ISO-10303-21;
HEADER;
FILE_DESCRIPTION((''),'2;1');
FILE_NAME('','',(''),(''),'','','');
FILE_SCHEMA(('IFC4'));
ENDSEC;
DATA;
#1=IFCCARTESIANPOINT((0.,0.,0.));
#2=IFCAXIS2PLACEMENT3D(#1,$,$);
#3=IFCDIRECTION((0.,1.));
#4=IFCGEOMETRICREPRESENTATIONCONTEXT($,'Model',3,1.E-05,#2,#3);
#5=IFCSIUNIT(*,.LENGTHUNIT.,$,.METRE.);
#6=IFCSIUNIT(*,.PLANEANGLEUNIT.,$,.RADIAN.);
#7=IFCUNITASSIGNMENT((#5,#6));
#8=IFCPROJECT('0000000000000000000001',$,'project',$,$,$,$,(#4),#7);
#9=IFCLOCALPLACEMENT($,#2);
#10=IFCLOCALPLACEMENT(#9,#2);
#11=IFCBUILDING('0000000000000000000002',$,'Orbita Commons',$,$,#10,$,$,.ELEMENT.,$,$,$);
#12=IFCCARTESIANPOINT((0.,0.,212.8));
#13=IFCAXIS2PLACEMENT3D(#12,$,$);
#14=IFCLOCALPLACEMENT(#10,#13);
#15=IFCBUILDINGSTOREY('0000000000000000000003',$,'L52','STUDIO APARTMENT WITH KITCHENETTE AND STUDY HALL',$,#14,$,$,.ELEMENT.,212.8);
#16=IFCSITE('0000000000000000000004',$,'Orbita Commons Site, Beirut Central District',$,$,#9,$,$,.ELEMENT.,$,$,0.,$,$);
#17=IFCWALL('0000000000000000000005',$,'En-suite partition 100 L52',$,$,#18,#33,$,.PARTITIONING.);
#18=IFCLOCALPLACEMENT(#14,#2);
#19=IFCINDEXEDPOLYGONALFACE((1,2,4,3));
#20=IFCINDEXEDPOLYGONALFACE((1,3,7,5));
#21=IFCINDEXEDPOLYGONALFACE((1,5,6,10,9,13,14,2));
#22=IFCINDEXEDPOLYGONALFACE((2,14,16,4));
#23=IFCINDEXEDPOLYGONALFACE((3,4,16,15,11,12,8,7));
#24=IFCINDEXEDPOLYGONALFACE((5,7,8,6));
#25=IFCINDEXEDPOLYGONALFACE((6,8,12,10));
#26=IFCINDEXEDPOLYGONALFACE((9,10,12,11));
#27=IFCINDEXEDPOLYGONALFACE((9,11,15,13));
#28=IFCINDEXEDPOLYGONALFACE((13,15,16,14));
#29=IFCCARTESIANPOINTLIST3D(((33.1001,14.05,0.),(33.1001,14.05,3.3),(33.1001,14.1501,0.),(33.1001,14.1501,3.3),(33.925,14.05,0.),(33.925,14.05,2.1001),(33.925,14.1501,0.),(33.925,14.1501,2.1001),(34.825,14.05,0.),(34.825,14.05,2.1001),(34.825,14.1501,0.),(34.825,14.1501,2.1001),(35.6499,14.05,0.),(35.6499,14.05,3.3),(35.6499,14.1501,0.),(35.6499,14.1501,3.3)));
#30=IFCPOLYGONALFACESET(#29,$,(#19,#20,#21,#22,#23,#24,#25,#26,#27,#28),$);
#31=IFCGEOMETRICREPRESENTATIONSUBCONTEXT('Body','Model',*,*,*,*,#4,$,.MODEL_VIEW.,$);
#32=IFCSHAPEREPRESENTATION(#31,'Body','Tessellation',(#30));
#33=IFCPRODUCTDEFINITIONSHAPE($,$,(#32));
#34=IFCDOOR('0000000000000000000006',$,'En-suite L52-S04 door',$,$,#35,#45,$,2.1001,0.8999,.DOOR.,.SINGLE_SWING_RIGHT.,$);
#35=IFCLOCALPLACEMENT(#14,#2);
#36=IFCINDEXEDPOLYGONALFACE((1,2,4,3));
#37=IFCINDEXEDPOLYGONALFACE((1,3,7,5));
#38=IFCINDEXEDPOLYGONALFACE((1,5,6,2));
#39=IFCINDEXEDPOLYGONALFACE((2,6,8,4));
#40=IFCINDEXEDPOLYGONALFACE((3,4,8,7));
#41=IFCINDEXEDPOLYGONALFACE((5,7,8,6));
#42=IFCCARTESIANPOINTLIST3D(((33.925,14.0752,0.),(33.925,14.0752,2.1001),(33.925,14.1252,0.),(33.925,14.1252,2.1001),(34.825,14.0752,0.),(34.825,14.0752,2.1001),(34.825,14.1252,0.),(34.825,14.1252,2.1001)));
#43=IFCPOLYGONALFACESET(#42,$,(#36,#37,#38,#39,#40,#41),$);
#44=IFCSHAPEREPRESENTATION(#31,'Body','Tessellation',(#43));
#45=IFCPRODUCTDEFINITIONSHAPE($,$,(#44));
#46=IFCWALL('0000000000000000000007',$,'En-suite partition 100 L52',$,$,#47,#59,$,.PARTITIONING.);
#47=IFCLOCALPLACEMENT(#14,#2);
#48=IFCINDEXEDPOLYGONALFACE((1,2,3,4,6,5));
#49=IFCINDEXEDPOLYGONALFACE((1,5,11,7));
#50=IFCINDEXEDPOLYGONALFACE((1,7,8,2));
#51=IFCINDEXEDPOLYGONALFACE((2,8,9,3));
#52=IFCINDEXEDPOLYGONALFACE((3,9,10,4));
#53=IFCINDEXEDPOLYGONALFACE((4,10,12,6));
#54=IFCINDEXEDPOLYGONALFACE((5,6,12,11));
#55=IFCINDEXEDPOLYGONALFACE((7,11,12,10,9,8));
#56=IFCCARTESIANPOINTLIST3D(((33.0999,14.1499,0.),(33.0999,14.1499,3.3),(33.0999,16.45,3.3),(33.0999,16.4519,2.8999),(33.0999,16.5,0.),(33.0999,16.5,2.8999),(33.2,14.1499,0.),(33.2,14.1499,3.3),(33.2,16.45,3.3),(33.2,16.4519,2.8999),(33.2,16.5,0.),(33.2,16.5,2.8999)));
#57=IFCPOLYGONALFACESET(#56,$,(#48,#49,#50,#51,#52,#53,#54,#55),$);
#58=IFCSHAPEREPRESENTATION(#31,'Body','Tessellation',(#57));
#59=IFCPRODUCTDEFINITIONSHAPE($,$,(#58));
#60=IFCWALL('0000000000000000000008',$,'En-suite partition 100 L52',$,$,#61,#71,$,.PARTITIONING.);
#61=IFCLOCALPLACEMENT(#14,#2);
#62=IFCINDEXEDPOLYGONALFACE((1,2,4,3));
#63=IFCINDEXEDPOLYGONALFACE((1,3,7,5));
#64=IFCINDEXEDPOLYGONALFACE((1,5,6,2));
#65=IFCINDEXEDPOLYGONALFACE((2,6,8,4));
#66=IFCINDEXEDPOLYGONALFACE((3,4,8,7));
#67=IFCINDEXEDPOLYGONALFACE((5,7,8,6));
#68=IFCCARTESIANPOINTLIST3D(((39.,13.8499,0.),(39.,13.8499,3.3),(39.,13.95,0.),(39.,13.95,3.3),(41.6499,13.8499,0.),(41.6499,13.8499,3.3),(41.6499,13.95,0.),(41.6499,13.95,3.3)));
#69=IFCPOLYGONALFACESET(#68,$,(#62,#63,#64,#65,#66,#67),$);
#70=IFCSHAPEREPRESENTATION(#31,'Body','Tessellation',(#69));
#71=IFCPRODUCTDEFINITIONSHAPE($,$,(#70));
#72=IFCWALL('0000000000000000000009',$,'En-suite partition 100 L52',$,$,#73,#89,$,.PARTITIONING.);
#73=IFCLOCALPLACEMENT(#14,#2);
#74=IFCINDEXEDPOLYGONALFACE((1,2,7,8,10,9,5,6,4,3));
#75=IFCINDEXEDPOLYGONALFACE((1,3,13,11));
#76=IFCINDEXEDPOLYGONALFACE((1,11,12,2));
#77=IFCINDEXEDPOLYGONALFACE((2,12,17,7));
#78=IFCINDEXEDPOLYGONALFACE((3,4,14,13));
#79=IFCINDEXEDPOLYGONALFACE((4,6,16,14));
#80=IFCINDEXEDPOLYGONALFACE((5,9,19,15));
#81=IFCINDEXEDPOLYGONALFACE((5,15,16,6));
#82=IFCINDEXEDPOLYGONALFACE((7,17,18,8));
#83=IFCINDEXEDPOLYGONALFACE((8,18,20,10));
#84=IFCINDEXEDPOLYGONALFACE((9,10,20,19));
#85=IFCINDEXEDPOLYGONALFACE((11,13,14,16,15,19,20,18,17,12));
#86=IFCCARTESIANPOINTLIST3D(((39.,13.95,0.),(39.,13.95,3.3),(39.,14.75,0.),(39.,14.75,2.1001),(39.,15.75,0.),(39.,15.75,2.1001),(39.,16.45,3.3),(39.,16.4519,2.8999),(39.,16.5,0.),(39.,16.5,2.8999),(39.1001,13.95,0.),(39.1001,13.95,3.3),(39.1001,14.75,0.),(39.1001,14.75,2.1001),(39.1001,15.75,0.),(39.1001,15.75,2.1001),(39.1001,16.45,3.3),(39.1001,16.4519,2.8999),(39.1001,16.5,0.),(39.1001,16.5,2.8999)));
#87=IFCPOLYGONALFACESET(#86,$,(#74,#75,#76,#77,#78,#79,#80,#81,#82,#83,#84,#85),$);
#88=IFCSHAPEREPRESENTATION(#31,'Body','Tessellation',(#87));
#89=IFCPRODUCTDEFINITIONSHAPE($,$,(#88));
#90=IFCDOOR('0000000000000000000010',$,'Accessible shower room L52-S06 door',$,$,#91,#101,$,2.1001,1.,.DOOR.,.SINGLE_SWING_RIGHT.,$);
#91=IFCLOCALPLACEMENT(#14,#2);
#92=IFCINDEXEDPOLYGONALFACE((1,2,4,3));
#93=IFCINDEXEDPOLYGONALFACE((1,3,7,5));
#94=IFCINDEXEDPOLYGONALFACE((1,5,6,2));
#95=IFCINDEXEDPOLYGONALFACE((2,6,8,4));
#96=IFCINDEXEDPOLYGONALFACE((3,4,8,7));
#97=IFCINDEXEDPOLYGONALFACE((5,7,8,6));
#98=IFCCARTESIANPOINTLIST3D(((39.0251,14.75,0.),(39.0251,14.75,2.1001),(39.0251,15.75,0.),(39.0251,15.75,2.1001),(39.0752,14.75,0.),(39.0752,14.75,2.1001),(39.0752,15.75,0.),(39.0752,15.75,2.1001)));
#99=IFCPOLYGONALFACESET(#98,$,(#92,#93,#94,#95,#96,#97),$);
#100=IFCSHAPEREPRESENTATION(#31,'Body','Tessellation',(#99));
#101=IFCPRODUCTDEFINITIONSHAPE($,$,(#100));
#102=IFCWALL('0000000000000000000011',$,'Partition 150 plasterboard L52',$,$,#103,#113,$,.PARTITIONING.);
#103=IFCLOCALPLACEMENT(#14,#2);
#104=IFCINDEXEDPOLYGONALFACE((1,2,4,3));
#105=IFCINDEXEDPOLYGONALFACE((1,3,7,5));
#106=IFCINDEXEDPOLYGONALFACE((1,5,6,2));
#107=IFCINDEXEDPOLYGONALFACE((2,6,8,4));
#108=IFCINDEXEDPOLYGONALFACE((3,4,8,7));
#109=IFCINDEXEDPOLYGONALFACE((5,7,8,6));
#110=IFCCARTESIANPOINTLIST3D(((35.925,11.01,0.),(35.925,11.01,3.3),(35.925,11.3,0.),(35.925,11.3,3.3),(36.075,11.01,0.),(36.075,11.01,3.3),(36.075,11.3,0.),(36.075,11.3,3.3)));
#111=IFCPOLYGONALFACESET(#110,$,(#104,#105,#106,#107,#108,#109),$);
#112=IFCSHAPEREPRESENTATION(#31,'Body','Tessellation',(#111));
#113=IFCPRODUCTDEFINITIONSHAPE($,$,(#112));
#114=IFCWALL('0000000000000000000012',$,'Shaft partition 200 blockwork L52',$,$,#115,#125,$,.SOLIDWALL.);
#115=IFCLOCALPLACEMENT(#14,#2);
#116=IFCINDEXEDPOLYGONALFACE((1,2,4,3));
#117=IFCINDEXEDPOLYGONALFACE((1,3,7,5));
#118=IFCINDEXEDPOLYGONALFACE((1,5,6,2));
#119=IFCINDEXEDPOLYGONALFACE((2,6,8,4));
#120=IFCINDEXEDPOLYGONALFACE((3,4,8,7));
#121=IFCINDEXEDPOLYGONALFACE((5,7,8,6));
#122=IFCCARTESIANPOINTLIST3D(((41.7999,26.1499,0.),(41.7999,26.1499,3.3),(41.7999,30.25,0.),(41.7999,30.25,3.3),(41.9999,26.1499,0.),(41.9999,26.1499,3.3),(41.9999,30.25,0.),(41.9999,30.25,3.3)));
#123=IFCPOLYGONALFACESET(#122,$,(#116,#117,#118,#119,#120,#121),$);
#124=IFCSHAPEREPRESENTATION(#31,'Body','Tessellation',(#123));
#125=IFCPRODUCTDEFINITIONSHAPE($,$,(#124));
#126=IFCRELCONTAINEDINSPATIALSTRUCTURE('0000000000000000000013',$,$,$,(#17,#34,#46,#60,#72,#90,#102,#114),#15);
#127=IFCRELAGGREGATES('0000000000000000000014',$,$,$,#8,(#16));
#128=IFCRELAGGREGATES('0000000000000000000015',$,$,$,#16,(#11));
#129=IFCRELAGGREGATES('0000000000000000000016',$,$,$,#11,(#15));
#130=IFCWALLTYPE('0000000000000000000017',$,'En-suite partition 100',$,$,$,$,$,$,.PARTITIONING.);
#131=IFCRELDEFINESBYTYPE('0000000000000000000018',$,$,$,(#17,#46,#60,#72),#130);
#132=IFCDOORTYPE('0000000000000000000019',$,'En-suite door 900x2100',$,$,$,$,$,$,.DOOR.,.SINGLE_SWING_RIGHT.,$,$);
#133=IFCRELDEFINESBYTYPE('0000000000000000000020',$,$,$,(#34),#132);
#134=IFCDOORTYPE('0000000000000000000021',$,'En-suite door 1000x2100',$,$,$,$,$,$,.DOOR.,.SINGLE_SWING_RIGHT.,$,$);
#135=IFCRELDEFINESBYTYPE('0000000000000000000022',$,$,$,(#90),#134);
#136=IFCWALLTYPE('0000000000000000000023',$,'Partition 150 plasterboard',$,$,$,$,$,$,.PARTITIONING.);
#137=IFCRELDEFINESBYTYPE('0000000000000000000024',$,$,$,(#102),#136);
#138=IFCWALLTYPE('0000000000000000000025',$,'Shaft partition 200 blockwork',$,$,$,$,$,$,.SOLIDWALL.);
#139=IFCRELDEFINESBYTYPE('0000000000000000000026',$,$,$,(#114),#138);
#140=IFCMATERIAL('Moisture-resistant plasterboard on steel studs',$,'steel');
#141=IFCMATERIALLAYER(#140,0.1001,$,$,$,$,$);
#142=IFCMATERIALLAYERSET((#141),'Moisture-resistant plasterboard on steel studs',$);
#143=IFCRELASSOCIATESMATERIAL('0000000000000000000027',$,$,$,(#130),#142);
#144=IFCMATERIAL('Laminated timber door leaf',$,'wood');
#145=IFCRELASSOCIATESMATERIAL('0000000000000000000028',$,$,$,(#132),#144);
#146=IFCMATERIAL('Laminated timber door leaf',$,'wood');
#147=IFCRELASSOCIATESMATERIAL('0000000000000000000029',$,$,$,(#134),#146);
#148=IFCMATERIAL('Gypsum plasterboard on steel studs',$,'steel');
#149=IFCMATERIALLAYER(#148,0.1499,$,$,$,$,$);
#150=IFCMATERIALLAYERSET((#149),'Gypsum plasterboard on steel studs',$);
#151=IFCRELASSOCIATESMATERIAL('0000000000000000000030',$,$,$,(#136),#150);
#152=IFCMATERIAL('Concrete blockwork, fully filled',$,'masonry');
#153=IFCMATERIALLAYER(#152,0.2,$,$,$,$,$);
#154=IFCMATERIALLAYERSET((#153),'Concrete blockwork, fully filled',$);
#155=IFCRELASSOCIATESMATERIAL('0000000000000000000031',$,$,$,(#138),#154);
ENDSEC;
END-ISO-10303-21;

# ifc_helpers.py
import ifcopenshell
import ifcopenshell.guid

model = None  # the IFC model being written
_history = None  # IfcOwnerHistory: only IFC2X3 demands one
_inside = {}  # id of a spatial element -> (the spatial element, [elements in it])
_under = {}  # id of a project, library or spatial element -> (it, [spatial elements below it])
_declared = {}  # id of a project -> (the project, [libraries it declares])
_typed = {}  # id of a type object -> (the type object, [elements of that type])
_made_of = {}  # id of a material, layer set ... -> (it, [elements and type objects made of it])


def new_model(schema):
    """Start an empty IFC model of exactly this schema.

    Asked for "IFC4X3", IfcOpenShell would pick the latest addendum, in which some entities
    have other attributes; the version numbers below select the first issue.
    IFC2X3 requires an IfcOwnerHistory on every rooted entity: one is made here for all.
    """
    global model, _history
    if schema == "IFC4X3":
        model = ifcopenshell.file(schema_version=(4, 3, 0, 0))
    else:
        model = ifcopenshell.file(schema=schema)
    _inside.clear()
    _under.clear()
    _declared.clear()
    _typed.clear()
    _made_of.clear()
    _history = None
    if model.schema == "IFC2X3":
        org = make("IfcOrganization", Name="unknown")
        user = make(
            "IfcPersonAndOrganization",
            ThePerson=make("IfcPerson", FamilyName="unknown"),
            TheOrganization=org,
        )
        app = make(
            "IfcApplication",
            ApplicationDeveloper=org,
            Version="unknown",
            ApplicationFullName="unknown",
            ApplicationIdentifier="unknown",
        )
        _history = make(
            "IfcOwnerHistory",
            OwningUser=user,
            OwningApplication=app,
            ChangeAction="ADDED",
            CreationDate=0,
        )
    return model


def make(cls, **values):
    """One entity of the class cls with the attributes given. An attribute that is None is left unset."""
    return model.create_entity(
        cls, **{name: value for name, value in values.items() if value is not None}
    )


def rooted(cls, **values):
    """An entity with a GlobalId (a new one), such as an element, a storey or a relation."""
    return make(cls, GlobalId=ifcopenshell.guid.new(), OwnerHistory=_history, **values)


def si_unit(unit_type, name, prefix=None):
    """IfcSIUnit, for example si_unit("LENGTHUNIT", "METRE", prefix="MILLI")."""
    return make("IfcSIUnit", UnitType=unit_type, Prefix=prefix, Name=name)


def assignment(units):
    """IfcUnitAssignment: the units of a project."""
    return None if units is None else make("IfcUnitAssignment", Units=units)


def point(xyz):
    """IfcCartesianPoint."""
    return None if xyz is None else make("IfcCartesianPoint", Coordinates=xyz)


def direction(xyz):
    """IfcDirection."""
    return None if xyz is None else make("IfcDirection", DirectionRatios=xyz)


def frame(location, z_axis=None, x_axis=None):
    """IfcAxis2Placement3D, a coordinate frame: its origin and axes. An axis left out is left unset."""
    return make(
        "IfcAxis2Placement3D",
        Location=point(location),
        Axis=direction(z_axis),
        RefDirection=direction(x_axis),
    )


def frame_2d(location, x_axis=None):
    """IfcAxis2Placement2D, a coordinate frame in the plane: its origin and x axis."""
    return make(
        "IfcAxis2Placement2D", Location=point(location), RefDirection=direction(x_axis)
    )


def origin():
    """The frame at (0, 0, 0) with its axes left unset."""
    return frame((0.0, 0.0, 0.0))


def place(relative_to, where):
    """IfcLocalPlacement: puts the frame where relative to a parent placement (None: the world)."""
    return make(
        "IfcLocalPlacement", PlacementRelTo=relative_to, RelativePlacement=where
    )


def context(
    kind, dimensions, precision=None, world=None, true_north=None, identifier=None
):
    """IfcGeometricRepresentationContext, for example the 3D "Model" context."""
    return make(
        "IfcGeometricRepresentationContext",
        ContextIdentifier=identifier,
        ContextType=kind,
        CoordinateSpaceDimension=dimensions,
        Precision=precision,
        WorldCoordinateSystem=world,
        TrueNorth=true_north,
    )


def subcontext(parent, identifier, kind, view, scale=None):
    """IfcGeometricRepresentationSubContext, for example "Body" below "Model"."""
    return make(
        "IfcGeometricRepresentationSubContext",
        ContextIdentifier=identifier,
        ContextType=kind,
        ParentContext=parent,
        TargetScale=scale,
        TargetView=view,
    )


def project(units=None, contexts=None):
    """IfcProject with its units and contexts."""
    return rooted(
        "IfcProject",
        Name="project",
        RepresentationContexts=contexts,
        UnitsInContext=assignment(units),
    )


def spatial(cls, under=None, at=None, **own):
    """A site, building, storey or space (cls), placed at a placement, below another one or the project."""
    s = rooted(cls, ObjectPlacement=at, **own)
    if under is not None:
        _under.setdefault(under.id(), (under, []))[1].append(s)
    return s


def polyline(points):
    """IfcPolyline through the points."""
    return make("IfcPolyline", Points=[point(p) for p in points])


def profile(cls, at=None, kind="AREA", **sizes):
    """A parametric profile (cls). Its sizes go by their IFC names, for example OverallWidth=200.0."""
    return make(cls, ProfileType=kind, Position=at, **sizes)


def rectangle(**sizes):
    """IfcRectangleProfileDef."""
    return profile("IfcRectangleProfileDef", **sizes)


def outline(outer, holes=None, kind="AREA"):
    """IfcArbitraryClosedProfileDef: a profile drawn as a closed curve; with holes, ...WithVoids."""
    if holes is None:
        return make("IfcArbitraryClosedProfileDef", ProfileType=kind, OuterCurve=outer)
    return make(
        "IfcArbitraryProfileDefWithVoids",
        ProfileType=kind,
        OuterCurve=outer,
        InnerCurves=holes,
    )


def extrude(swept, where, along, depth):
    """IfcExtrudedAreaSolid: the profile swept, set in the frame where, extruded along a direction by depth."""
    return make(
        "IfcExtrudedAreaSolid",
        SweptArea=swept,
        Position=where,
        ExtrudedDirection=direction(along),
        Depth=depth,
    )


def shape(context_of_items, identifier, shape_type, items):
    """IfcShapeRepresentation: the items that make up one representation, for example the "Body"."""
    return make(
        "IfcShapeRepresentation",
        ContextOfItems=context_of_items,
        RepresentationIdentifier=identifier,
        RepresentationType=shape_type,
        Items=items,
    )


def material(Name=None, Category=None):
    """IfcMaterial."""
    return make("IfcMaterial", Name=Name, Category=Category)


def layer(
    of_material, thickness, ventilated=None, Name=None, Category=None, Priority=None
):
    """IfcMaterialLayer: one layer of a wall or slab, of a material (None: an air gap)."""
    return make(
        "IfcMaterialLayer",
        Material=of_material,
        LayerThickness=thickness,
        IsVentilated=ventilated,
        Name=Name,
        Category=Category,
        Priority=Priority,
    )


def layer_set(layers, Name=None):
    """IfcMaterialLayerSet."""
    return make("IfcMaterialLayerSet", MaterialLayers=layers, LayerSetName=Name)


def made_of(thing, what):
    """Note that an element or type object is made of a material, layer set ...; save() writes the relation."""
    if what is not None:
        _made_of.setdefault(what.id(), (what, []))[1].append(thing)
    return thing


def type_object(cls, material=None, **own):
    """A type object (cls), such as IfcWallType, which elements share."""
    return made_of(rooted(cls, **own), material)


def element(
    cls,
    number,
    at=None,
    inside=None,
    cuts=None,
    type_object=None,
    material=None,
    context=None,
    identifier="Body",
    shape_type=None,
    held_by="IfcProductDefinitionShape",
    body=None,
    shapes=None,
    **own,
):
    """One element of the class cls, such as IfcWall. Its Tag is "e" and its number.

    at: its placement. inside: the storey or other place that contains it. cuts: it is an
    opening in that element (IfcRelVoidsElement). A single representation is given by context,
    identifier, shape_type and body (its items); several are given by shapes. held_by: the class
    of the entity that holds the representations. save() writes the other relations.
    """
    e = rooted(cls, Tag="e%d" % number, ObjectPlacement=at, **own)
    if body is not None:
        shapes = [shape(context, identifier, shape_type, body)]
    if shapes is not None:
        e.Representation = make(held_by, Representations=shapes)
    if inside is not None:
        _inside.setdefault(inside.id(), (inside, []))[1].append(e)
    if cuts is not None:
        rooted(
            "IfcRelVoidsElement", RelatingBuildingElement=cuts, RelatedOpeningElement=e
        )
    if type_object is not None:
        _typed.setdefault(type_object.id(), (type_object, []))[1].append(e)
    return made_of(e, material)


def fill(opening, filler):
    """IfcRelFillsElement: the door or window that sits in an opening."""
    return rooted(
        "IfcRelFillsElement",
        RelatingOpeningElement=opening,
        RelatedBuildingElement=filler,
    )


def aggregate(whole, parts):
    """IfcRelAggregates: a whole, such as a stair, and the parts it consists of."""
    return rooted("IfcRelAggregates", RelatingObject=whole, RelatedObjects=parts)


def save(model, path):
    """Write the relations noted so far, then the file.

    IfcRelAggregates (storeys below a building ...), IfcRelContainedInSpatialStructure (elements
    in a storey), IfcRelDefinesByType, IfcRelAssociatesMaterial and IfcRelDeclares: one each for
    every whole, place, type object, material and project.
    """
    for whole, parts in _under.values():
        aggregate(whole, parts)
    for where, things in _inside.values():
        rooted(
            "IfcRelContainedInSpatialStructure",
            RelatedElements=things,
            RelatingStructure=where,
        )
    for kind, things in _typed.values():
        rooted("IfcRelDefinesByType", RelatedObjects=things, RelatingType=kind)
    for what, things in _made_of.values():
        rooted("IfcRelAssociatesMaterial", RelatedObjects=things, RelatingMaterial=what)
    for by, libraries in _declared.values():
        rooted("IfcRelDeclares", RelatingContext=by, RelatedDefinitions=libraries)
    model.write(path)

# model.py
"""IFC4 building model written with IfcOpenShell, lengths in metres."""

from ifc_helpers import new_model, si_unit, direction, frame, frame_2d, origin, place, context, subcontext, project, spatial, polyline, rectangle, outline, extrude, material, layer, layer_set, type_object, element, fill, save


model = new_model("IFC4")

# Units and contexts
model_context = context("Model", 3, precision=1e-05, world=origin(), true_north=direction((0.0, 1.0)))
body_context = subcontext(model_context, "Body", "Model", "MODEL_VIEW")
ifc_project = project(units=[si_unit("LENGTHUNIT", "METRE"), si_unit("PLANEANGLEUNIT", "RADIAN")], contexts=[model_context])

# Site, building, storey
site_placement = place(None, origin())
site = spatial("IfcSite", under=ifc_project, at=site_placement, Name="Orbita Commons Site, Beirut Central District", CompositionType="ELEMENT", RefElevation=0.0)
building_placement = place(site_placement, origin())
building = spatial("IfcBuilding", under=site, at=building_placement, Name="Orbita Commons", CompositionType="ELEMENT")
storey_placement = place(building_placement, frame((0.0, 0.0, 212.8)))
storey = spatial("IfcBuildingStorey", under=building, at=storey_placement, Name="L52", Description="STUDIO APARTMENT WITH KITCHENETTE AND STUDY HALL", CompositionType="ELEMENT", Elevation=212.8)

# Wall, opening, door
ifc_material_1 = material(Name="Moisture-resistant plasterboard on steel studs", Category="steel")
ifc_layer_1 = layer(ifc_material_1, 0.1001)
ifc_layer_set_1 = layer_set([ifc_layer_1], Name="Moisture-resistant plasterboard on steel studs")
wall_type_1 = type_object("IfcWallType", Name="En-suite partition 100", PredefinedType="PARTITIONING", material=ifc_layer_set_1)
wall_1_placement = place(storey_placement, frame((35.6499, 14.1001, 0.0), z_axis=(0.0, 0.0, 1.0), x_axis=(-1.0, 0.0, 0.0)))
wall_1 = element("IfcWall", 1, at=wall_1_placement, inside=storey, type_object=wall_type_1, Name="En-suite partition 100 L52", PredefinedType="PARTITIONING", context=body_context, shape_type="SweptSolid", body=[
    extrude(rectangle(XDim=2.5498, YDim=0.1001, at=frame_2d((1.2749, 0.0))), origin(), (0.0, 0.0, 1.0), 3.3),
])
opening_1_placement = place(wall_1_placement, frame((0.825, 0.0, 0.0)))
opening_1 = element("IfcOpeningElement", 2, at=opening_1_placement, cuts=wall_1, PredefinedType="OPENING", context=body_context, shape_type="SweptSolid", body=[
    extrude(rectangle(XDim=0.8999, YDim=2.1001, at=frame_2d((0.45, 1.05))), frame((0.0, 0.0601, 0.0), z_axis=(0.0, -1.0, 0.0), x_axis=(1.0, 0.0, 0.0)), (0.0, 0.0, 1.0), 0.1201),
])
ifc_material_2 = material(Name="Laminated timber door leaf", Category="wood")
door_type_1 = type_object("IfcDoorType", Name="En-suite door 900x2100", OperationType="SINGLE_SWING_RIGHT", PredefinedType="DOOR", material=ifc_material_2)
door_1_placement = place(opening_1_placement, origin())
door_1 = element("IfcDoor", 3, at=door_1_placement, inside=storey, type_object=door_type_1, Name="En-suite L52-S04 door", OperationType="SINGLE_SWING_RIGHT", OverallHeight=2.1001, OverallWidth=0.8999, PredefinedType="DOOR", context=body_context, shape_type="SweptSolid", body=[
    extrude(rectangle(XDim=0.8999, YDim=2.1001, at=frame_2d((0.45, 1.05))), frame((0.0, 0.0249, 0.0), z_axis=(0.0, -1.0, 0.0), x_axis=(1.0, 0.0, 0.0)), (0.0, 0.0, 1.0), 0.05),
])
fill(opening_1, door_1)

# Walls
wall_2_placement = place(storey_placement, frame((33.1499, 14.1499, 0.0), z_axis=(0.0, 0.0, 1.0), x_axis=(0.0, 1.0, 0.0)))
element("IfcWall", 4, at=wall_2_placement, inside=storey, type_object=wall_type_1, Name="En-suite partition 100 L52", PredefinedType="PARTITIONING", context=body_context, shape_type="SweptSolid", body=[
    extrude(outline(polyline([(0.0, 0.0), (2.3501, 0.0), (2.3501, 2.8999), (2.302, 2.8999), (2.3, 3.3), (0.0, 3.3), (0.0, 0.0)])), frame((0.0, 0.05, 0.0), z_axis=(0.0, -1.0, 0.0), x_axis=(1.0, 0.0, 0.0)), (0.0, 0.0, 1.0), 0.1001),
])
wall_3_placement = place(storey_placement, frame((39.0, 13.8999, 0.0), z_axis=(0.0, 0.0, 1.0), x_axis=(1.0, 0.0, 0.0)))
element("IfcWall", 5, at=wall_3_placement, inside=storey, type_object=wall_type_1, Name="En-suite partition 100 L52", PredefinedType="PARTITIONING", context=body_context, shape_type="SweptSolid", body=[
    extrude(rectangle(XDim=2.6499, YDim=0.1001, at=frame_2d((1.325, 0.0))), origin(), (0.0, 0.0, 1.0), 3.3),
])

# Wall, opening, door
wall_4_placement = place(storey_placement, frame((39.05, 13.95, 0.0), z_axis=(0.0, 0.0, 1.0), x_axis=(0.0, 1.0, 0.0)))
wall_4 = element("IfcWall", 6, at=wall_4_placement, inside=storey, type_object=wall_type_1, Name="En-suite partition 100 L52", PredefinedType="PARTITIONING", context=body_context, shape_type="SweptSolid", body=[
    extrude(outline(polyline([(0.0, 0.0), (2.55, 0.0), (2.55, 2.8999), (2.502, 2.8999), (2.5, 3.3), (0.0, 3.3), (0.0, 0.0)])), frame((0.0, 0.05, 0.0), z_axis=(0.0, -1.0, 0.0), x_axis=(1.0, 0.0, 0.0)), (0.0, 0.0, 1.0), 0.1001),
])
opening_2_placement = place(wall_4_placement, frame((0.8, 0.0, 0.0)))
opening_2 = element("IfcOpeningElement", 7, at=opening_2_placement, cuts=wall_4, PredefinedType="OPENING", context=body_context, shape_type="SweptSolid", body=[
    extrude(rectangle(XDim=1.0, YDim=2.1001, at=frame_2d((0.5, 1.05))), frame((0.0, 0.0601, 0.0), z_axis=(0.0, -1.0, 0.0), x_axis=(1.0, 0.0, 0.0)), (0.0, 0.0, 1.0), 0.1201),
])
ifc_material_3 = material(Name="Laminated timber door leaf", Category="wood")
door_type_2 = type_object("IfcDoorType", Name="En-suite door 1000x2100", OperationType="SINGLE_SWING_RIGHT", PredefinedType="DOOR", material=ifc_material_3)
door_2_placement = place(opening_2_placement, origin())
door_2 = element("IfcDoor", 8, at=door_2_placement, inside=storey, type_object=door_type_2, Name="Accessible shower room L52-S06 door", OperationType="SINGLE_SWING_RIGHT", OverallHeight=2.1001, OverallWidth=1.0, PredefinedType="DOOR", context=body_context, shape_type="SweptSolid", body=[
    extrude(rectangle(XDim=1.0, YDim=2.1001, at=frame_2d((0.5, 1.05))), frame((0.0, 0.0249, 0.0), z_axis=(0.0, -1.0, 0.0), x_axis=(1.0, 0.0, 0.0)), (0.0, 0.0, 1.0), 0.05),
])
fill(opening_2, door_2)

# Walls
ifc_material_4 = material(Name="Gypsum plasterboard on steel studs", Category="steel")
ifc_layer_2 = layer(ifc_material_4, 0.1499)
ifc_layer_set_2 = layer_set([ifc_layer_2], Name="Gypsum plasterboard on steel studs")
wall_type_2 = type_object("IfcWallType", Name="Partition 150 plasterboard", PredefinedType="PARTITIONING", material=ifc_layer_set_2)
wall_5_placement = place(storey_placement, frame((36.0, 11.3, 0.0), z_axis=(0.0, 0.0, 1.0), x_axis=(0.0, -1.0, 0.0)))
element("IfcWall", 9, at=wall_5_placement, inside=storey, type_object=wall_type_2, Name="Partition 150 plasterboard L52", PredefinedType="PARTITIONING", context=body_context, shape_type="SweptSolid", body=[
    extrude(rectangle(XDim=0.29, YDim=0.1499, at=frame_2d((0.145, 0.0))), origin(), (0.0, 0.0, 1.0), 3.3),
])
ifc_material_5 = material(Name="Concrete blockwork, fully filled", Category="masonry")
ifc_layer_3 = layer(ifc_material_5, 0.2)
ifc_layer_set_3 = layer_set([ifc_layer_3], Name="Concrete blockwork, fully filled")
wall_type_3 = type_object("IfcWallType", Name="Shaft partition 200 blockwork", PredefinedType="SOLIDWALL", material=ifc_layer_set_3)
wall_6_placement = place(storey_placement, frame((41.8999, 26.1499, 0.0), z_axis=(0.0, 0.0, 1.0), x_axis=(0.0, 1.0, 0.0)))
element("IfcWall", 10, at=wall_6_placement, inside=storey, type_object=wall_type_3, Name="Shaft partition 200 blockwork L52", PredefinedType="SOLIDWALL", context=body_context, shape_type="SweptSolid", body=[
    extrude(rectangle(XDim=4.1001, YDim=0.2, at=frame_2d((2.05, 0.0))), origin(), (0.0, 0.0, 1.0), 3.3),
])

save(model, "model.ifc")
